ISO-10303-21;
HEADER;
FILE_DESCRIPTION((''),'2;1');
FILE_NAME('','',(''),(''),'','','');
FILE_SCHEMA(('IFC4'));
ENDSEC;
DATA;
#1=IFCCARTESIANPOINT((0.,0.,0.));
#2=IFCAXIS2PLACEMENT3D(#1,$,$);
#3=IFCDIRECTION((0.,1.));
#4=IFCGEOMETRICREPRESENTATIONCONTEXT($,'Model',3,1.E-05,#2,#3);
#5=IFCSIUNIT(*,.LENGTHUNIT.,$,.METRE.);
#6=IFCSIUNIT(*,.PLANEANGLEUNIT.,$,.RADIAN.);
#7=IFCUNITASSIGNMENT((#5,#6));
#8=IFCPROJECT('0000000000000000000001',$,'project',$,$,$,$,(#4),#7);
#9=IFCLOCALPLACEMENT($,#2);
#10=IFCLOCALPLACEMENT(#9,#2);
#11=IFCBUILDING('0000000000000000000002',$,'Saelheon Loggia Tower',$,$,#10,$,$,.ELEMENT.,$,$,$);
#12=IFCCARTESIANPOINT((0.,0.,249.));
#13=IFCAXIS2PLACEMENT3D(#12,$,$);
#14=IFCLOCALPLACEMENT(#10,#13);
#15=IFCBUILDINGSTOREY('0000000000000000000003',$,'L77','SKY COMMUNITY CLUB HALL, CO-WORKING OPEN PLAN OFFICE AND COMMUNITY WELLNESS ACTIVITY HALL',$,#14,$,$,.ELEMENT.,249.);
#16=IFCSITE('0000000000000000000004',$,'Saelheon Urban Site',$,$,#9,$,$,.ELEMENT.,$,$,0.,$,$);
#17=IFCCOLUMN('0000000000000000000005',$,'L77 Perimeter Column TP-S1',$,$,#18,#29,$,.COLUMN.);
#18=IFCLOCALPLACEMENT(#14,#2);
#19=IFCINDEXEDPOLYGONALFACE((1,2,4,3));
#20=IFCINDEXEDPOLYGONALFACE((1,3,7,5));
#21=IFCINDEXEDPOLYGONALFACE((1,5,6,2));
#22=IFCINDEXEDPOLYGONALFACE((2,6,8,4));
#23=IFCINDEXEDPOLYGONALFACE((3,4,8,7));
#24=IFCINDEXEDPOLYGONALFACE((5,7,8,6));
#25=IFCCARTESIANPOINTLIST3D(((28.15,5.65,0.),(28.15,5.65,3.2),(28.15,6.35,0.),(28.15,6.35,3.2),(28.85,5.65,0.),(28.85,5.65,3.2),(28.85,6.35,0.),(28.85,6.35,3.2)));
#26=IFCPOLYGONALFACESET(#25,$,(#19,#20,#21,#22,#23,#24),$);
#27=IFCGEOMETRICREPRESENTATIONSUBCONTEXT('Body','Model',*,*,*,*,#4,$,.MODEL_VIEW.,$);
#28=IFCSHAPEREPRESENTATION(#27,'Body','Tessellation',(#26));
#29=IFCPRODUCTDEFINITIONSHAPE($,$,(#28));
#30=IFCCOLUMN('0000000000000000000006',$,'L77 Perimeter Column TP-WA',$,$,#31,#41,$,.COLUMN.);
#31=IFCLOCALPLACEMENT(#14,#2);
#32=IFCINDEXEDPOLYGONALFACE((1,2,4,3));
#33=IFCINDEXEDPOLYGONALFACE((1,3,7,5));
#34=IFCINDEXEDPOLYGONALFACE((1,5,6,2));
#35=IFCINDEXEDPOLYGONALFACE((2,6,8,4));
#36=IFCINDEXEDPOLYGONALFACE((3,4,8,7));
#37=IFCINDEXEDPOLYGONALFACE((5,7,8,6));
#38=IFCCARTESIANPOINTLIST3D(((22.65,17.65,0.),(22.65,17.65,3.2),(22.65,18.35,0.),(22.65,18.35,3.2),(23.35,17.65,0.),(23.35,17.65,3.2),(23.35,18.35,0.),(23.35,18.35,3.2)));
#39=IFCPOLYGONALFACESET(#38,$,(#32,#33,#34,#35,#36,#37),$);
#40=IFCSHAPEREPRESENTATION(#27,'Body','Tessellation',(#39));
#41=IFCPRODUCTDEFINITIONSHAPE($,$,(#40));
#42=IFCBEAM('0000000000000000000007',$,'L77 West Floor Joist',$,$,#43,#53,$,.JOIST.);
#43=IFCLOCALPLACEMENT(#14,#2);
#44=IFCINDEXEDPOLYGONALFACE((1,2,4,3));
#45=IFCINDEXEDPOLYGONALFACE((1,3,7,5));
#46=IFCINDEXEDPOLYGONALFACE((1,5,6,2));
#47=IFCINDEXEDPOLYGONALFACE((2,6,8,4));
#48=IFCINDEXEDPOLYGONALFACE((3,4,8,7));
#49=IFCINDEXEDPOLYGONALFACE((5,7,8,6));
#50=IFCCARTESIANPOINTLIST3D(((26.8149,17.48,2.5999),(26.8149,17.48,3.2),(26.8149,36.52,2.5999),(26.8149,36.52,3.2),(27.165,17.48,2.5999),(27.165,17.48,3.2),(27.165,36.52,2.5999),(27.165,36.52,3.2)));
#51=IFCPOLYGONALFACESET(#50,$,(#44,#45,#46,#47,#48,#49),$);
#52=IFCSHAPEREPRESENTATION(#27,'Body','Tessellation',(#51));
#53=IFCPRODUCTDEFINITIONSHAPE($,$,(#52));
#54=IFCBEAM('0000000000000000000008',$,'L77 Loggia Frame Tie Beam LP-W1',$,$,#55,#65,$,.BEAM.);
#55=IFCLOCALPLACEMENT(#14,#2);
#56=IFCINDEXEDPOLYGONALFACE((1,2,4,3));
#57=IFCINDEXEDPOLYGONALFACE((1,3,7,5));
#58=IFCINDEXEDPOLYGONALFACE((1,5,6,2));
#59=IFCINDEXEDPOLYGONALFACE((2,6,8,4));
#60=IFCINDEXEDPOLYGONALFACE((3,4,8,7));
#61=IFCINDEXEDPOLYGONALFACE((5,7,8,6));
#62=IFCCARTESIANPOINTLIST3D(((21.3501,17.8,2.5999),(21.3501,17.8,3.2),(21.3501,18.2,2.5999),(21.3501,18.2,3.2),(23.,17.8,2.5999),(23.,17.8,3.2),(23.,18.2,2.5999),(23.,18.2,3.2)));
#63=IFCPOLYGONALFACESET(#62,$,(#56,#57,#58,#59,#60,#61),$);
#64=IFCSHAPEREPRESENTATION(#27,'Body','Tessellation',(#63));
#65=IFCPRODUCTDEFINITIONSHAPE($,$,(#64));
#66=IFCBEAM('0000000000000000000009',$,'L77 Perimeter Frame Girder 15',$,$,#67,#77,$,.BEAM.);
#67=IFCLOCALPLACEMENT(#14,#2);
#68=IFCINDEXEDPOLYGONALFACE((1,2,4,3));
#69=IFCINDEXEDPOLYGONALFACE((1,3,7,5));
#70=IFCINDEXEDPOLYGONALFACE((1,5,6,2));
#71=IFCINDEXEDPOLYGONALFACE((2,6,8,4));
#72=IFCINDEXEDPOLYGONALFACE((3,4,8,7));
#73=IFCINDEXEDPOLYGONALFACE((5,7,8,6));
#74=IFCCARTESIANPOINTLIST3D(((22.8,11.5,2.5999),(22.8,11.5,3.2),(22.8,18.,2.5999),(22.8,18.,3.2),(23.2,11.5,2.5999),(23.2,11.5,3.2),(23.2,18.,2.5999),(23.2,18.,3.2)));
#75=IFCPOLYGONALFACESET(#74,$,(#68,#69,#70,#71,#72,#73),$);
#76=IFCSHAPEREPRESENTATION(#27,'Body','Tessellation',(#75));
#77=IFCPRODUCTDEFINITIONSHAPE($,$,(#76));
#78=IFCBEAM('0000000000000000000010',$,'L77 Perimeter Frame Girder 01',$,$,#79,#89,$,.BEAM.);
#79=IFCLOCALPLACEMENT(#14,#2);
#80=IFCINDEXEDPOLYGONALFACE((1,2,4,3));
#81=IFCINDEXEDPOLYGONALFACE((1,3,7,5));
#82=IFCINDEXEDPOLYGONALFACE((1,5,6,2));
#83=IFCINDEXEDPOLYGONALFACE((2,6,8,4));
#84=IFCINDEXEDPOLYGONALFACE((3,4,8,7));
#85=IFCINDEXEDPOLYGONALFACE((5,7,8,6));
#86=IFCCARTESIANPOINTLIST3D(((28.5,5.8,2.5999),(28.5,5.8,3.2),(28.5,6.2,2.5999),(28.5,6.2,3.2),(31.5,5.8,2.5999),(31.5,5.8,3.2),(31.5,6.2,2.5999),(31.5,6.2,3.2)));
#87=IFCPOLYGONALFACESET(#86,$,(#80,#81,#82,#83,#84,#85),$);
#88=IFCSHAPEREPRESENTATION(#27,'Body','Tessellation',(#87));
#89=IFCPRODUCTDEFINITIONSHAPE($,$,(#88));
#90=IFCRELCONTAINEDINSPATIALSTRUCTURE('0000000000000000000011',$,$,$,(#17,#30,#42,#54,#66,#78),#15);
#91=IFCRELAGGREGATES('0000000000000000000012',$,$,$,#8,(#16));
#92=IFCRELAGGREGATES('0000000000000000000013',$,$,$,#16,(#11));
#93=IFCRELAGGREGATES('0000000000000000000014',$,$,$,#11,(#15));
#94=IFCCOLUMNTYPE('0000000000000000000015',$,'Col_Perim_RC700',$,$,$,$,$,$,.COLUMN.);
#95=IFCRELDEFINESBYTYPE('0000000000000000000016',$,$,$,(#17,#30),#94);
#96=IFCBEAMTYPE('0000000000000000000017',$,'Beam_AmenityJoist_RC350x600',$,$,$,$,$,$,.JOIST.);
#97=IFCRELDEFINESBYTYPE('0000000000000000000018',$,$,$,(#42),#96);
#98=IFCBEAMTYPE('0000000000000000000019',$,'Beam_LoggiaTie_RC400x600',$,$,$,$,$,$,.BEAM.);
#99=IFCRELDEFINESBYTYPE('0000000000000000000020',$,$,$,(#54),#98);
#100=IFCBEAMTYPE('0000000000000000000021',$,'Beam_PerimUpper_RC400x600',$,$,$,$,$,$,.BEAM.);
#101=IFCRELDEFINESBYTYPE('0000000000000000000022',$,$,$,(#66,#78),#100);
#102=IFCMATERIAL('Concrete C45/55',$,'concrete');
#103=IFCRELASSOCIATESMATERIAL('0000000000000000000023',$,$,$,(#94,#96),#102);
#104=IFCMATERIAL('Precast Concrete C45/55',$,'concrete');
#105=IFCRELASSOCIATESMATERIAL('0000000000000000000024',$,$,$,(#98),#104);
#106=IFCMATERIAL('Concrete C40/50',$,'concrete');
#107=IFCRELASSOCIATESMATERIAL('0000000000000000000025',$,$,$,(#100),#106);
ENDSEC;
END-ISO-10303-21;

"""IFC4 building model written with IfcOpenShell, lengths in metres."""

from ifc_helpers import new_model, si_unit, direction, frame, origin, origin_2d, place, context, subcontext, project, spatial, rectangle, extrude, source, transform, mapped, material, material_profile, profile_set, type_object, element, save


model = new_model("IFC4")

# Units and contexts
model_context = context("Model", 3, precision=1e-05, world=origin(), true_north=direction((0.0, 1.0)))
body_context = subcontext(model_context, "Body", "Model", "MODEL_VIEW")
ifc_project = project(units=[si_unit("LENGTHUNIT", "METRE"), si_unit("PLANEANGLEUNIT", "RADIAN")], contexts=[model_context])

# Site, building, storey
site_placement = place(None, origin())
site = spatial("IfcSite", under=ifc_project, at=site_placement, Name="Saelheon Urban Site", CompositionType="ELEMENT", RefElevation=0.0)
building_placement = place(site_placement, origin())
building = spatial("IfcBuilding", under=site, at=building_placement, Name="Saelheon Loggia Tower", CompositionType="ELEMENT")
storey_placement = place(building_placement, frame((0.0, 0.0, 249.0)))
storey = spatial("IfcBuildingStorey", under=building, at=storey_placement, Name="L77", Description="SKY COMMUNITY CLUB HALL, CO-WORKING OPEN PLAN OFFICE AND COMMUNITY WELLNESS ACTIVITY HALL", CompositionType="ELEMENT", Elevation=249.0)

# Columns
ifc_material_1 = material(Name="Concrete C45/55", Category="concrete")
ifc_material_profile_1 = material_profile(ifc_material_1, rectangle(XDim=0.7, YDim=0.7, at=origin_2d()), Name="RC-700x700")
ifc_profile_set_1 = profile_set([ifc_material_profile_1], Name="Concrete C45/55")
column_type = type_object("IfcColumnType", Name="Col_Perim_RC700", PredefinedType="COLUMN", material=ifc_profile_set_1)
shared_shape_1 = source(origin(), body_context, "Body", "SweptSolid", [
    extrude(rectangle(XDim=0.7, YDim=0.7, at=origin_2d()), origin(), (0.0, 0.0, 1.0), 3.2),
])
for number, where, z_axis, x_axis, name in (
    (1, (28.5, 6.0, 0.0), (0.0, 0.0, 1.0), (1.0, 0.0, 0.0), "L77 Perimeter Column TP-S1"),
    (2, (23.0, 18.0, 0.0), (0.0, 0.0, 1.0), (1.0, 0.0, 0.0), "L77 Perimeter Column TP-WA"),
):
    element("IfcColumn", number, at=place(storey_placement, frame(where, z_axis=z_axis, x_axis=x_axis)), inside=storey, type_object=column_type, Name=name, PredefinedType="COLUMN", context=body_context, shape_type="MappedRepresentation", body=[
        mapped(shared_shape_1, transform((0.0, 0.0, 0.0), scale=1.0)),
    ])

# Beams
ifc_material_profile_2 = material_profile(ifc_material_1, rectangle(XDim=0.3501, YDim=0.6001, at=origin_2d()), Name="RC-350x600")
ifc_profile_set_2 = profile_set([ifc_material_profile_2], Name="Concrete C45/55")
beam_type_1 = type_object("IfcBeamType", Name="Beam_AmenityJoist_RC350x600", PredefinedType="JOIST", material=ifc_profile_set_2)
shared_shape_2 = source(origin(), body_context, "Body", "SweptSolid", [
    extrude(rectangle(XDim=0.3501, YDim=0.6001, at=origin_2d()), origin(), (0.0, 0.0, 1.0), 19.04),
])
beam_1_placement = place(storey_placement, frame((26.99, 17.48, 2.8999), z_axis=(0.0, 1.0, 0.0), x_axis=(-1.0, 0.0, 0.0)))
element("IfcBeam", 3, at=beam_1_placement, inside=storey, type_object=beam_type_1, Name="L77 West Floor Joist", PredefinedType="JOIST", context=body_context, shape_type="MappedRepresentation", body=[
    mapped(shared_shape_2, transform((0.0, 0.0, 0.0), scale=1.0)),
])
ifc_material_2 = material(Name="Precast Concrete C45/55", Category="concrete")
ifc_material_profile_3 = material_profile(ifc_material_2, rectangle(XDim=0.3999, YDim=0.6001, at=origin_2d()), Name="RC-400x600")
ifc_profile_set_3 = profile_set([ifc_material_profile_3], Name="Precast Concrete C45/55")
beam_type_2 = type_object("IfcBeamType", Name="Beam_LoggiaTie_RC400x600", PredefinedType="BEAM", material=ifc_profile_set_3)
shared_shape_3 = source(origin(), body_context, "Body", "SweptSolid", [
    extrude(rectangle(XDim=0.3999, YDim=0.6001, at=origin_2d()), origin(), (0.0, 0.0, 1.0), 1.6499),
])
beam_2_placement = place(storey_placement, frame((23.0, 18.0, 2.8999), z_axis=(-1.0, 0.0, 0.0), x_axis=(0.0, -1.0, 0.0)))
element("IfcBeam", 4, at=beam_2_placement, inside=storey, type_object=beam_type_2, Name="L77 Loggia Frame Tie Beam LP-W1", PredefinedType="BEAM", context=body_context, shape_type="MappedRepresentation", body=[
    mapped(shared_shape_3, transform((0.0, 0.0, 0.0), scale=1.0)),
])
ifc_material_3 = material(Name="Concrete C40/50", Category="concrete")
ifc_material_profile_4 = material_profile(ifc_material_3, rectangle(XDim=0.3999, YDim=0.6001, at=origin_2d()), Name="RC-400x600")
ifc_profile_set_4 = profile_set([ifc_material_profile_4], Name="Concrete C40/50")
beam_type_3 = type_object("IfcBeamType", Name="Beam_PerimUpper_RC400x600", PredefinedType="BEAM", material=ifc_profile_set_4)
shared_shape_4 = source(origin(), body_context, "Body", "SweptSolid", [
    extrude(rectangle(XDim=0.3999, YDim=0.6001, at=origin_2d()), origin(), (0.0, 0.0, 1.0), 6.5),
])
beam_3_placement = place(storey_placement, frame((23.0, 18.0, 2.8999), z_axis=(0.0, -1.0, 0.0), x_axis=(1.0, 0.0, 0.0)))
element("IfcBeam", 5, at=beam_3_placement, inside=storey, type_object=beam_type_3, Name="L77 Perimeter Frame Girder 15", PredefinedType="BEAM", context=body_context, shape_type="MappedRepresentation", body=[
    mapped(shared_shape_4, transform((0.0, 0.0, 0.0), scale=1.0)),
])
shared_shape_5 = source(origin(), body_context, "Body", "SweptSolid", [
    extrude(rectangle(XDim=0.3999, YDim=0.6001, at=origin_2d()), origin(), (0.0, 0.0, 1.0), 3.0),
])
beam_4_placement = place(storey_placement, frame((28.5, 6.0, 2.8999), z_axis=(1.0, 0.0, 0.0), x_axis=(0.0, 1.0, 0.0)))
element("IfcBeam", 6, at=beam_4_placement, inside=storey, type_object=beam_type_3, Name="L77 Perimeter Frame Girder 01", PredefinedType="BEAM", context=body_context, shape_type="MappedRepresentation", body=[
    mapped(shared_shape_5, transform((0.0, 0.0, 0.0), scale=1.0)),
])

save(model, "model.ifc")
